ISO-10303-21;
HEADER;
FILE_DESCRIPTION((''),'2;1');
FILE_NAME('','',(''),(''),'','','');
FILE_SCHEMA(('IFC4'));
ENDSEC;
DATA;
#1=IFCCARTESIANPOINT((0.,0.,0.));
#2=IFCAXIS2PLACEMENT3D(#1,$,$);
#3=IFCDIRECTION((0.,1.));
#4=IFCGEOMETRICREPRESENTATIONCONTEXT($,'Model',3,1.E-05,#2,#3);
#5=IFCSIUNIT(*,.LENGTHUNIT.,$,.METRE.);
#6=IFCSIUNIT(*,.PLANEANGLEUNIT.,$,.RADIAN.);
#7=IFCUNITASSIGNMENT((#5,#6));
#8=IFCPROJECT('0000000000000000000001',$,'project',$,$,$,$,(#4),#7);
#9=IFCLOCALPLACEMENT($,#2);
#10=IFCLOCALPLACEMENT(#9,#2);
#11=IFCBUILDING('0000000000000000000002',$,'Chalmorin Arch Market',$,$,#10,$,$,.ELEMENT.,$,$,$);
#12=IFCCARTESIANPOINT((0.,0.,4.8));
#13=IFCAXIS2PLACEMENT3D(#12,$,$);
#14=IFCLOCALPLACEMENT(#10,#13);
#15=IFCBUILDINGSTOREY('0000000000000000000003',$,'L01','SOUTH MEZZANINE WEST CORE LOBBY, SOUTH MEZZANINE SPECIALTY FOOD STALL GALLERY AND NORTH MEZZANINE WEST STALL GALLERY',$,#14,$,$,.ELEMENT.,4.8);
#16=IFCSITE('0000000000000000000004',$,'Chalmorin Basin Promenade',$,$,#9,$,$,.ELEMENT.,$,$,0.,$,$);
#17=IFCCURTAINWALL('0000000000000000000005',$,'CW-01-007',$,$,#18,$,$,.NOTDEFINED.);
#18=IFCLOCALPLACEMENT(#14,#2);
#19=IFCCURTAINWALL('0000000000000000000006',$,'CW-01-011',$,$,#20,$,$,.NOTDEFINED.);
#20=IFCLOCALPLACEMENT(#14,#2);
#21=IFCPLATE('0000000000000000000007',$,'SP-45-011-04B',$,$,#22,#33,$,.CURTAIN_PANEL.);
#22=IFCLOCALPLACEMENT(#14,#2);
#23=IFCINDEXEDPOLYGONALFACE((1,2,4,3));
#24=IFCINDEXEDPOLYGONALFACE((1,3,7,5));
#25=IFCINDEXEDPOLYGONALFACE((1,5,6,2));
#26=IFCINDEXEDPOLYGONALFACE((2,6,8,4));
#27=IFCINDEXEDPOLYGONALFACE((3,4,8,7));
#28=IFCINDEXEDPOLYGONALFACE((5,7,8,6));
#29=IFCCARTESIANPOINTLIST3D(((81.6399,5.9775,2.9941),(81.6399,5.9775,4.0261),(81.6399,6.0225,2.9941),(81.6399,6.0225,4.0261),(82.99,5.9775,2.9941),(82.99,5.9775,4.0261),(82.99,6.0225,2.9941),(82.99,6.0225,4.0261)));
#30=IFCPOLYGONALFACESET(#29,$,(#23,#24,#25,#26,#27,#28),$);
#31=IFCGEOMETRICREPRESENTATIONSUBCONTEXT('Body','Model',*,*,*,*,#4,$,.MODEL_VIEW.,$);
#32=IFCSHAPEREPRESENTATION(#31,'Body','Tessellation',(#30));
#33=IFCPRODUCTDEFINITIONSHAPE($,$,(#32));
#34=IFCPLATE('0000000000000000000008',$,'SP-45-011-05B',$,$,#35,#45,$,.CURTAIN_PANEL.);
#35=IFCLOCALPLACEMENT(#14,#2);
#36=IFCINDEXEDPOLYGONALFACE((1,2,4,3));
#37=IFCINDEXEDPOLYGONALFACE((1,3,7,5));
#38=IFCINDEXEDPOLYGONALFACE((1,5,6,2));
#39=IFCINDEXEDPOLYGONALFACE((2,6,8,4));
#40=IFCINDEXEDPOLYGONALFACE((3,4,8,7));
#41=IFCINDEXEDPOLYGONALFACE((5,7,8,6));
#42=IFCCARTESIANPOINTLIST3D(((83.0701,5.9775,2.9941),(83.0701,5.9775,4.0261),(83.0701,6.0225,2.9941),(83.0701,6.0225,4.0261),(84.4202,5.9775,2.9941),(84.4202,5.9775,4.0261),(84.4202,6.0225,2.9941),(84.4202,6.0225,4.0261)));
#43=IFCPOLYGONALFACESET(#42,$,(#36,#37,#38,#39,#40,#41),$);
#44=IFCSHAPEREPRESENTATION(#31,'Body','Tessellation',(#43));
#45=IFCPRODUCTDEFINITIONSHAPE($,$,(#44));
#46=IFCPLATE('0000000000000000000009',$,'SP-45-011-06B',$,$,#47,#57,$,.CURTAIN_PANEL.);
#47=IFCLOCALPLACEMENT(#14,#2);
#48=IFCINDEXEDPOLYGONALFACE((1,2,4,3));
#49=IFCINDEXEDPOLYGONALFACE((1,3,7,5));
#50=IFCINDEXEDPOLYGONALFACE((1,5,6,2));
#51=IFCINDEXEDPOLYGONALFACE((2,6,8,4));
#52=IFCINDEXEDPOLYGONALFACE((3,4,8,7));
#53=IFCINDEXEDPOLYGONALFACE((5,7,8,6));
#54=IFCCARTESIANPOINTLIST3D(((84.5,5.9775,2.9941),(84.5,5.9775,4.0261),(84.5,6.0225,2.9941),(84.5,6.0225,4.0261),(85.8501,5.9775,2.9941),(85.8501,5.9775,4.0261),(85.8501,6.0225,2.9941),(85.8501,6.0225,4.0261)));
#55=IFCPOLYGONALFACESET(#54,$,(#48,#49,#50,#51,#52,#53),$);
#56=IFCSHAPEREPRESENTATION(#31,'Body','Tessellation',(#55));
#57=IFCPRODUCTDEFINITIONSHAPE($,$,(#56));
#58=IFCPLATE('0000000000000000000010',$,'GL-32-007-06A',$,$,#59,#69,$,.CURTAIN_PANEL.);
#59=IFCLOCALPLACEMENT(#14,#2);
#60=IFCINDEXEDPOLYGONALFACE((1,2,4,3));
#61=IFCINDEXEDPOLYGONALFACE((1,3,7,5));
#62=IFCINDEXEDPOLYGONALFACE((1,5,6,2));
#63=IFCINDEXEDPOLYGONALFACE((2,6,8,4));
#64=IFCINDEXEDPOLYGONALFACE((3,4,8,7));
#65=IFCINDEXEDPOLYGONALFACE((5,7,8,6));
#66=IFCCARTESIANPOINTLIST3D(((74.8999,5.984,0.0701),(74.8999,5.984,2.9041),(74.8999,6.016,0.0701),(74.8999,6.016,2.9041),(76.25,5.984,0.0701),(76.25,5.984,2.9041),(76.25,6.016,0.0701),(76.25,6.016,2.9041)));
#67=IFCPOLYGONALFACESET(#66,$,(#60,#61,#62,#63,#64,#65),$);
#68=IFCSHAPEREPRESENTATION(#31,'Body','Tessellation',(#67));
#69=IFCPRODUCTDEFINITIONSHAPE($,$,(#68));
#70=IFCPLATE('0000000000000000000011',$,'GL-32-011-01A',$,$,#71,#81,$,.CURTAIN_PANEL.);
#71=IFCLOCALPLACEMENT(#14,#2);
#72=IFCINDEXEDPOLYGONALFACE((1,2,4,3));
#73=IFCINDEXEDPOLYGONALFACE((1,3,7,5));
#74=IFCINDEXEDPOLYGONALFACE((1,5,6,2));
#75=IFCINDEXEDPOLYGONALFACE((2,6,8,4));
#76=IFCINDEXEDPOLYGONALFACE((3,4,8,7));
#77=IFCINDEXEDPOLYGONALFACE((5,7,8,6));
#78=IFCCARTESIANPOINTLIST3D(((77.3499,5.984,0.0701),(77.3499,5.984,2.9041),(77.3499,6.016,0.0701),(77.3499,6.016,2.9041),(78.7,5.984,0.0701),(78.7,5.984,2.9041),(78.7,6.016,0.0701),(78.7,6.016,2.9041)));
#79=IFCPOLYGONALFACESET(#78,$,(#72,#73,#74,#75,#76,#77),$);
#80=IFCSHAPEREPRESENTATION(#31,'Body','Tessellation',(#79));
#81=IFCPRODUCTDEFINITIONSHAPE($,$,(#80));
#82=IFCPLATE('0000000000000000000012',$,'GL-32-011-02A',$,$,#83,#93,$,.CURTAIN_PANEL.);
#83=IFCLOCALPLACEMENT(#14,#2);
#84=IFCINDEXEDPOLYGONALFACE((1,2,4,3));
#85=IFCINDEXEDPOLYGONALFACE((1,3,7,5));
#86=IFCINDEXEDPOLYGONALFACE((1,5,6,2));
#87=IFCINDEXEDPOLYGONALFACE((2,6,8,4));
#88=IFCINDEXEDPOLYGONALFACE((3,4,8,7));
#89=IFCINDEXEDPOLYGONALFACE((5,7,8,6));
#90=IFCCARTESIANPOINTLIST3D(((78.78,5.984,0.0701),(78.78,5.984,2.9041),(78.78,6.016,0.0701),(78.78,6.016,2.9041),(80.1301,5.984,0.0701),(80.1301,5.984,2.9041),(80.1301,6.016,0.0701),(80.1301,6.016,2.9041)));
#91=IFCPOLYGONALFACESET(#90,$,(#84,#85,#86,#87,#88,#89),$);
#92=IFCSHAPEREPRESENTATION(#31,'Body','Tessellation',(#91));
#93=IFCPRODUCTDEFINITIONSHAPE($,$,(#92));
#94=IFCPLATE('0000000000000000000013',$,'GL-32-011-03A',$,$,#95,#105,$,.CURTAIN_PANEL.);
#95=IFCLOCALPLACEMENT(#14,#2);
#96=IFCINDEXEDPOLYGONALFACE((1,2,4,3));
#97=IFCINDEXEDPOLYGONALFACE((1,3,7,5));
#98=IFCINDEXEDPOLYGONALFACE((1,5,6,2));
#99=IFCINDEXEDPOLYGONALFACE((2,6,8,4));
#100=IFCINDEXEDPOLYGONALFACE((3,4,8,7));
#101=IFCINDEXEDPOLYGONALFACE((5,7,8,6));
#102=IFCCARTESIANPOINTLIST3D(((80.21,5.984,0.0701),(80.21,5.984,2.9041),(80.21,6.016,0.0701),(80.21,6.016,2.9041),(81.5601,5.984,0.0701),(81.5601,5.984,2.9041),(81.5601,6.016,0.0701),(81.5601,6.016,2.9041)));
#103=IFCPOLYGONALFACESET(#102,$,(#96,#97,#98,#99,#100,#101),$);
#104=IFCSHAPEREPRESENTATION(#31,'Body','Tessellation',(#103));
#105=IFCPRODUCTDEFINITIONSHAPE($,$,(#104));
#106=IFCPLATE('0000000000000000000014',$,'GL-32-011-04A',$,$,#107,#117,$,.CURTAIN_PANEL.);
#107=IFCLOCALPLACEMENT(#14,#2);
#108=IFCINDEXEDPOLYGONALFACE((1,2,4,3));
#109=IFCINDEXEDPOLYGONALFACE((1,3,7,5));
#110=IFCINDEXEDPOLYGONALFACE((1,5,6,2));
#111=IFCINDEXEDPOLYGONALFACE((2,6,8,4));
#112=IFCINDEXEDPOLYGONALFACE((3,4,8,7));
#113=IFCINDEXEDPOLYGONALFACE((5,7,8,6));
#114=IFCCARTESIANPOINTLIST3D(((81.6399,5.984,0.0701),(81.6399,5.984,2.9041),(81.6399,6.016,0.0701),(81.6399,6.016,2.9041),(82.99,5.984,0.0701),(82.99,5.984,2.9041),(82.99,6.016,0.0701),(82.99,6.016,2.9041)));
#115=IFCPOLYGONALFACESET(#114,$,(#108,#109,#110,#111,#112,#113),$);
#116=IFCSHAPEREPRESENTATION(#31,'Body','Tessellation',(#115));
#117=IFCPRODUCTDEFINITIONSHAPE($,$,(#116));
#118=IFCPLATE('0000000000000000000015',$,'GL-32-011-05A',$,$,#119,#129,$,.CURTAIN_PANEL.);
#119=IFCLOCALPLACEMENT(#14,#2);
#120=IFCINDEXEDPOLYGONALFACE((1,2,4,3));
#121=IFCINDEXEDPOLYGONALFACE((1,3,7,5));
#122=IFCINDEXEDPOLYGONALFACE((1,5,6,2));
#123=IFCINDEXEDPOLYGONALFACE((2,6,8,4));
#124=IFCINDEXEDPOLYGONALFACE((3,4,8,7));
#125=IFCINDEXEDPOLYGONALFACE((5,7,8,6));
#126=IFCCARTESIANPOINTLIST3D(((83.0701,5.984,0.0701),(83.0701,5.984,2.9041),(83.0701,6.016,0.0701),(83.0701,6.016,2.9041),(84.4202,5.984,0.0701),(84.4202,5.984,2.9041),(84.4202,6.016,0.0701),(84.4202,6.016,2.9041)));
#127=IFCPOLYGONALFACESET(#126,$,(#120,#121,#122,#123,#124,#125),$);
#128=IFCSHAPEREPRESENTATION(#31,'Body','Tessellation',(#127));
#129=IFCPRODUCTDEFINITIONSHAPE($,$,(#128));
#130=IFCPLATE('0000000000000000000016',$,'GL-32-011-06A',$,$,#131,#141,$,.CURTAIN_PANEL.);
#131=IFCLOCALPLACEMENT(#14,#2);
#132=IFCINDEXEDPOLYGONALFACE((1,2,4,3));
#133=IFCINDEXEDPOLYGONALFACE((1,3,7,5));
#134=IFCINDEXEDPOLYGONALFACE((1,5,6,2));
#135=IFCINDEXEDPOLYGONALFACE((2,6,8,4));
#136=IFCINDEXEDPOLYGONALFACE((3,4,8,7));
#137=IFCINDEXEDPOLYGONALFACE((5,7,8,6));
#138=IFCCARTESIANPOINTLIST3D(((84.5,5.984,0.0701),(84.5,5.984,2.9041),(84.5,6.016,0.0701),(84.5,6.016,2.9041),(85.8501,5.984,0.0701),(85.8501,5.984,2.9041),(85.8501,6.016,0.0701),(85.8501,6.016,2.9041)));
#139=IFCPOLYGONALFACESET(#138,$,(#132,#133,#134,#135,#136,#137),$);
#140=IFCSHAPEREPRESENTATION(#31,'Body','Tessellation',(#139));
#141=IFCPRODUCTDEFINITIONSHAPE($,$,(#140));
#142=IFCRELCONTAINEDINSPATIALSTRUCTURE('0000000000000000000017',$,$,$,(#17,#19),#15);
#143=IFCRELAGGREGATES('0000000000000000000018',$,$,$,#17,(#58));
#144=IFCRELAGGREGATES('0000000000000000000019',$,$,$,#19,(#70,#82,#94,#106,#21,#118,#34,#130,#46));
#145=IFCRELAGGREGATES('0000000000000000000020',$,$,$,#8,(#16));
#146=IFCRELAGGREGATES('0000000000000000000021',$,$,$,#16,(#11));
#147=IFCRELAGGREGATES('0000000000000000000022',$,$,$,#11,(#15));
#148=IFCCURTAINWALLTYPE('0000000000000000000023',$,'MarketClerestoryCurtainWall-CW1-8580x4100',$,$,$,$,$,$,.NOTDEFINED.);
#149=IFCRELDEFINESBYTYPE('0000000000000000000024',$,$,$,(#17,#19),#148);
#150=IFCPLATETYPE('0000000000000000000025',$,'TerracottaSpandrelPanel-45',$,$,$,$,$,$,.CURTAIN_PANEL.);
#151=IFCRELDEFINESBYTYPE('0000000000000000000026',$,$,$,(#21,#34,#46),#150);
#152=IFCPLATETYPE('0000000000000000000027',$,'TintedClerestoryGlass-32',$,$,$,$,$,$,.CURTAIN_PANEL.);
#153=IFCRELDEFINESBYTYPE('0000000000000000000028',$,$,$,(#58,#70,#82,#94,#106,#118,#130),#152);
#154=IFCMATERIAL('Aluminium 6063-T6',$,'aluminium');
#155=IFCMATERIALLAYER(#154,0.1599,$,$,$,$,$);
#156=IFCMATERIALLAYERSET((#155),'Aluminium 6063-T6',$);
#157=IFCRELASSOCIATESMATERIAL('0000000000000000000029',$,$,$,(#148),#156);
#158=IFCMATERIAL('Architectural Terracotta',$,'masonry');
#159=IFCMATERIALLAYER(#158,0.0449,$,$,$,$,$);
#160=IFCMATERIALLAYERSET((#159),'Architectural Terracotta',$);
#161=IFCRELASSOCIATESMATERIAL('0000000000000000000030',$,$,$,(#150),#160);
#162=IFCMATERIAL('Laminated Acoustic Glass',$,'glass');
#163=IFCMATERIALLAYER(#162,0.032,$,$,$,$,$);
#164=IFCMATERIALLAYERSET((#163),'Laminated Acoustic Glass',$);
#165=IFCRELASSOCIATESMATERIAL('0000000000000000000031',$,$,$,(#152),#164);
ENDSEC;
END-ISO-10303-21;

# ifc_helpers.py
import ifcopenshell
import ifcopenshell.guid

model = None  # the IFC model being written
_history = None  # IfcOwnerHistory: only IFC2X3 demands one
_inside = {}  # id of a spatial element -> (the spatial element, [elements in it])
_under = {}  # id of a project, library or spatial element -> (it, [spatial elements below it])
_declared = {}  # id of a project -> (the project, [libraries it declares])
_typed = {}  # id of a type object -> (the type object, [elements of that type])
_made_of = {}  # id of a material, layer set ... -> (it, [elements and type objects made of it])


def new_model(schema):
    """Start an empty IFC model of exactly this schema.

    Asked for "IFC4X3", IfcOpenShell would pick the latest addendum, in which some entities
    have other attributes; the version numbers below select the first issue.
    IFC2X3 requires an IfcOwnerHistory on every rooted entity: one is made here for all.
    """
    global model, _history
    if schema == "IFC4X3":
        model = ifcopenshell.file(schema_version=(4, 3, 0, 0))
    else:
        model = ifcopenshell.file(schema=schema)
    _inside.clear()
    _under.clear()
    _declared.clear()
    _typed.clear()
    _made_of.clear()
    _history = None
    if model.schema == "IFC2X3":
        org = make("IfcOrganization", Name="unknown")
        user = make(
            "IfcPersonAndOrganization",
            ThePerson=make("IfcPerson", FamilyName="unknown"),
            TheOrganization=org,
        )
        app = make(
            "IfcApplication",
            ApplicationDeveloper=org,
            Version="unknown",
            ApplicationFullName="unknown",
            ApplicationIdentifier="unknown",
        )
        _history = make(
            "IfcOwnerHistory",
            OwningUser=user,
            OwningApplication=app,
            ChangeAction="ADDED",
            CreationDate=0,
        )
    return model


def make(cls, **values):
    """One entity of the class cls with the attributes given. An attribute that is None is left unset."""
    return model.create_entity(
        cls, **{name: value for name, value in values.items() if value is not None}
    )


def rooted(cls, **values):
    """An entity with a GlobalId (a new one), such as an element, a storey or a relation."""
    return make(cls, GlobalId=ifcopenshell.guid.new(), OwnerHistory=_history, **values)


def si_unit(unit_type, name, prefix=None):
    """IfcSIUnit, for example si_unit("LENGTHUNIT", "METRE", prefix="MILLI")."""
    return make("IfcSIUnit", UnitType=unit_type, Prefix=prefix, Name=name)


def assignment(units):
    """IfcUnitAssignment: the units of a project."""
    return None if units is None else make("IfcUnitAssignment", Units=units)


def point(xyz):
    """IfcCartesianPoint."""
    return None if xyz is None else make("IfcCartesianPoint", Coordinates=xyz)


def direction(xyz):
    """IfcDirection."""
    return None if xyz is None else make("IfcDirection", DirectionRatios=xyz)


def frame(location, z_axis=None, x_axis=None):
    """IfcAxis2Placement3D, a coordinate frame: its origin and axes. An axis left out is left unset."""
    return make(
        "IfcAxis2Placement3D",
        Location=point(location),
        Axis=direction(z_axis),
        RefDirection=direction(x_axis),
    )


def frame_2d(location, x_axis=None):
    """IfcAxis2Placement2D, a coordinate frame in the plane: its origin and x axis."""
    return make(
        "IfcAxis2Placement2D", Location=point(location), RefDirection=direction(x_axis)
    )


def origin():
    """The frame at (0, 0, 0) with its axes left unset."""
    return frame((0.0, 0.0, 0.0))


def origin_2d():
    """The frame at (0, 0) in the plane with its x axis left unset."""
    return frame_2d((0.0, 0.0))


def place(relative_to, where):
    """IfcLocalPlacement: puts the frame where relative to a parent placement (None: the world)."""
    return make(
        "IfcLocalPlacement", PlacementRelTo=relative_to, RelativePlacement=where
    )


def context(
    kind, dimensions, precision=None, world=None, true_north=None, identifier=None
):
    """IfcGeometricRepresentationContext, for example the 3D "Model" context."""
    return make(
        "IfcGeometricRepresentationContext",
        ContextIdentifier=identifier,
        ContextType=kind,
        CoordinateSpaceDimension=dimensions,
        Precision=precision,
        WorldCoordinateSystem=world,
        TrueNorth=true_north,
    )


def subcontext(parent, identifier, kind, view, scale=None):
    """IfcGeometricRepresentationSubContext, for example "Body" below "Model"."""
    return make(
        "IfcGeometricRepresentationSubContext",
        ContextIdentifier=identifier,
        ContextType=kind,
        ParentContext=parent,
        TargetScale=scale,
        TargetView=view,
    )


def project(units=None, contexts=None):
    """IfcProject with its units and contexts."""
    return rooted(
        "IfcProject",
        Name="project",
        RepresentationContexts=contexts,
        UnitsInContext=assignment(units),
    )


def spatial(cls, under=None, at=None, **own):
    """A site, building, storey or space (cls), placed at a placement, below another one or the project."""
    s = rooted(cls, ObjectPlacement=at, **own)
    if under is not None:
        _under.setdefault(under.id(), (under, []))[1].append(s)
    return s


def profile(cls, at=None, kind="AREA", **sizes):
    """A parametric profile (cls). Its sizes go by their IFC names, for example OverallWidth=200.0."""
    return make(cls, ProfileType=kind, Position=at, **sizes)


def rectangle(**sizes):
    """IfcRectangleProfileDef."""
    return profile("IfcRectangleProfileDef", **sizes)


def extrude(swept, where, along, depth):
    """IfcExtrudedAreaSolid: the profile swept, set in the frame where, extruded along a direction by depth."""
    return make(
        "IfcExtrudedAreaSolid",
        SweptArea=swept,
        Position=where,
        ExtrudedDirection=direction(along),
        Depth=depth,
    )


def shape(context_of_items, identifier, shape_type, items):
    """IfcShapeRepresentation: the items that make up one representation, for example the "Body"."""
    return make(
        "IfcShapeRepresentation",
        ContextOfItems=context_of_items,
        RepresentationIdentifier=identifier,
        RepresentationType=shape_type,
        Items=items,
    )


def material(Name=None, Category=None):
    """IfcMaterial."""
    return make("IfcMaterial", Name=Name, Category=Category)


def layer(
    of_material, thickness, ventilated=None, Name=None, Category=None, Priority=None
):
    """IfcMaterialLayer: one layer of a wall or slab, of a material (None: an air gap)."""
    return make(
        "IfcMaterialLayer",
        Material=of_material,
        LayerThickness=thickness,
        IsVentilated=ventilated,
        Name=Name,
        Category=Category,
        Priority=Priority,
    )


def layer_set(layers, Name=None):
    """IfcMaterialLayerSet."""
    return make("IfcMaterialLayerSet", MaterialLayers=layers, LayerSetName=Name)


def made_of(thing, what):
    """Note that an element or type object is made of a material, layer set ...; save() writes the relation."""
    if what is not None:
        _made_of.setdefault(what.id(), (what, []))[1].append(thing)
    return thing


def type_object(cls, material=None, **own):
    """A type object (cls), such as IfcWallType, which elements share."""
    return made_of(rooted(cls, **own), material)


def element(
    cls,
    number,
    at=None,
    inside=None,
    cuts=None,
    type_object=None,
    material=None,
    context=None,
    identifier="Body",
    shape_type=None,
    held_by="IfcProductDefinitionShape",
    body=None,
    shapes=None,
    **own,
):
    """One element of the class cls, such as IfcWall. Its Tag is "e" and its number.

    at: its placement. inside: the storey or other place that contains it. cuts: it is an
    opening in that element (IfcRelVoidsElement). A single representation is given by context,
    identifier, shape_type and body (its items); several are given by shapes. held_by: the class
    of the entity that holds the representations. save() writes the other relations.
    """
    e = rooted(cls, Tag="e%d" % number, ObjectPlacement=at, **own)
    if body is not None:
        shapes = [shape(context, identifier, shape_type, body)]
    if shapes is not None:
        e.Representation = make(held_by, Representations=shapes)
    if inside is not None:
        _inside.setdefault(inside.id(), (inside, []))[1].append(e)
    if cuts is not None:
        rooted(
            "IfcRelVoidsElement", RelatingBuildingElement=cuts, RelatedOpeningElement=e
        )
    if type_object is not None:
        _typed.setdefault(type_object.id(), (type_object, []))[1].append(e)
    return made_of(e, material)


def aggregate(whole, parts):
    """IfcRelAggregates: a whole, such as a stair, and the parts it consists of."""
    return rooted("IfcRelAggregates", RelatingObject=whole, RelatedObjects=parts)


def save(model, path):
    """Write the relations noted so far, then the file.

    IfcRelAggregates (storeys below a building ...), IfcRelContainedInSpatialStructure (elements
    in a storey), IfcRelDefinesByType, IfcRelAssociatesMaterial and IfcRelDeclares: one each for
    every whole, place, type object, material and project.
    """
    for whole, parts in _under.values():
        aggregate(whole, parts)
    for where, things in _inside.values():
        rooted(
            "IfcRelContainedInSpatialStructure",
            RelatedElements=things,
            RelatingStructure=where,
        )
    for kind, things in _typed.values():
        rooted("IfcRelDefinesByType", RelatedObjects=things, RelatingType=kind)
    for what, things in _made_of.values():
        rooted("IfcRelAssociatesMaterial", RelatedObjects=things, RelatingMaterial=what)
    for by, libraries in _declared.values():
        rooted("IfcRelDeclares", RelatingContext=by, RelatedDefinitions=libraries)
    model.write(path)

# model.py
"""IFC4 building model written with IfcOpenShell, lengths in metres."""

from ifc_helpers import new_model, si_unit, direction, frame, origin, origin_2d, place, context, subcontext, project, spatial, rectangle, extrude, material, layer, layer_set, type_object, element, aggregate, save


model = new_model("IFC4")

# Units and contexts
model_context = context("Model", 3, precision=1e-05, world=origin(), true_north=direction((0.0, 1.0)))
body_context = subcontext(model_context, "Body", "Model", "MODEL_VIEW")
ifc_project = project(units=[si_unit("LENGTHUNIT", "METRE"), si_unit("PLANEANGLEUNIT", "RADIAN")], contexts=[model_context])

# Site, building, storey
site_placement = place(None, origin())
site = spatial("IfcSite", under=ifc_project, at=site_placement, Name="Chalmorin Basin Promenade", CompositionType="ELEMENT", RefElevation=0.0)
building_placement = place(site_placement, origin())
building = spatial("IfcBuilding", under=site, at=building_placement, Name="Chalmorin Arch Market", CompositionType="ELEMENT")
storey_placement = place(building_placement, frame((0.0, 0.0, 4.8)))
storey = spatial("IfcBuildingStorey", under=building, at=storey_placement, Name="L01", Description="SOUTH MEZZANINE WEST CORE LOBBY, SOUTH MEZZANINE SPECIALTY FOOD STALL GALLERY AND NORTH MEZZANINE WEST STALL GALLERY", CompositionType="ELEMENT", Elevation=4.8)

# Curtain wall
ifc_material_1 = material(Name="Aluminium 6063-T6", Category="aluminium")
ifc_layer_1 = layer(ifc_material_1, 0.1599)
ifc_layer_set_1 = layer_set([ifc_layer_1], Name="Aluminium 6063-T6")
curtain_wall_type = type_object("IfcCurtainWallType", Name="MarketClerestoryCurtainWall-CW1-8580x4100", PredefinedType="NOTDEFINED", material=ifc_layer_set_1)
curtain_wall_1_placement = place(storey_placement, origin())
curtain_wall_1 = element("IfcCurtainWall", 1, at=curtain_wall_1_placement, inside=storey, type_object=curtain_wall_type, Name="CW-01-007", PredefinedType="NOTDEFINED")

# Curtain wall
curtain_wall_2_placement = place(storey_placement, origin())
curtain_wall_2 = element("IfcCurtainWall", 2, at=curtain_wall_2_placement, inside=storey, type_object=curtain_wall_type, Name="CW-01-011", PredefinedType="NOTDEFINED")

# Plates
ifc_material_2 = material(Name="Architectural Terracotta", Category="masonry")
ifc_layer_2 = layer(ifc_material_2, 0.0449)
ifc_layer_set_2 = layer_set([ifc_layer_2], Name="Architectural Terracotta")
plate_type_1 = type_object("IfcPlateType", Name="TerracottaSpandrelPanel-45", PredefinedType="CURTAIN_PANEL", material=ifc_layer_set_2)
plate_1_placement = place(storey_placement, frame((82.3149, 6.0, 2.9941), z_axis=(0.0, 0.0, 1.0), x_axis=(1.0, 0.0, 0.0)))
plate_1 = element("IfcPlate", 3, at=plate_1_placement, type_object=plate_type_1, Name="SP-45-011-04B", PredefinedType="CURTAIN_PANEL", context=body_context, shape_type="SweptSolid", body=[
    extrude(rectangle(XDim=1.3501, YDim=0.0449, at=origin_2d()), origin(), (0.0, 0.0, 1.0), 1.032),
])
plate_2_placement = place(storey_placement, frame((83.7451, 6.0, 2.9941), z_axis=(0.0, 0.0, 1.0), x_axis=(1.0, 0.0, 0.0)))
plate_2 = element("IfcPlate", 4, at=plate_2_placement, type_object=plate_type_1, Name="SP-45-011-05B", PredefinedType="CURTAIN_PANEL", context=body_context, shape_type="SweptSolid", body=[
    extrude(rectangle(XDim=1.3501, YDim=0.0449, at=origin_2d()), origin(), (0.0, 0.0, 1.0), 1.032),
])
plate_3_placement = place(storey_placement, frame((85.175, 6.0, 2.9941), z_axis=(0.0, 0.0, 1.0), x_axis=(1.0, 0.0, 0.0)))
plate_3 = element("IfcPlate", 5, at=plate_3_placement, type_object=plate_type_1, Name="SP-45-011-06B", PredefinedType="CURTAIN_PANEL", context=body_context, shape_type="SweptSolid", body=[
    extrude(rectangle(XDim=1.3501, YDim=0.0449, at=origin_2d()), origin(), (0.0, 0.0, 1.0), 1.032),
])
ifc_material_3 = material(Name="Laminated Acoustic Glass", Category="glass")
ifc_layer_3 = layer(ifc_material_3, 0.032)
ifc_layer_set_3 = layer_set([ifc_layer_3], Name="Laminated Acoustic Glass")
plate_type_2 = type_object("IfcPlateType", Name="TintedClerestoryGlass-32", PredefinedType="CURTAIN_PANEL", material=ifc_layer_set_3)
plate_4_placement = place(storey_placement, frame((75.575, 6.0, 0.0701), z_axis=(0.0, 0.0, 1.0), x_axis=(1.0, 0.0, 0.0)))
plate_4 = element("IfcPlate", 6, at=plate_4_placement, type_object=plate_type_2, Name="GL-32-007-06A", PredefinedType="CURTAIN_PANEL", context=body_context, shape_type="SweptSolid", body=[
    extrude(rectangle(XDim=1.3501, YDim=0.032, at=origin_2d()), origin(), (0.0, 0.0, 1.0), 2.834),
])
aggregate(curtain_wall_1, [plate_4])
plate_5_placement = place(storey_placement, frame((78.0249, 6.0, 0.0701), z_axis=(0.0, 0.0, 1.0), x_axis=(1.0, 0.0, 0.0)))
plate_5 = element("IfcPlate", 7, at=plate_5_placement, type_object=plate_type_2, Name="GL-32-011-01A", PredefinedType="CURTAIN_PANEL", context=body_context, shape_type="SweptSolid", body=[
    extrude(rectangle(XDim=1.3501, YDim=0.032, at=origin_2d()), origin(), (0.0, 0.0, 1.0), 2.834),
])
plate_6_placement = place(storey_placement, frame((79.4551, 6.0, 0.0701), z_axis=(0.0, 0.0, 1.0), x_axis=(1.0, 0.0, 0.0)))
plate_6 = element("IfcPlate", 8, at=plate_6_placement, type_object=plate_type_2, Name="GL-32-011-02A", PredefinedType="CURTAIN_PANEL", context=body_context, shape_type="SweptSolid", body=[
    extrude(rectangle(XDim=1.3501, YDim=0.032, at=origin_2d()), origin(), (0.0, 0.0, 1.0), 2.834),
])
plate_7_placement = place(storey_placement, frame((80.885, 6.0, 0.0701), z_axis=(0.0, 0.0, 1.0), x_axis=(1.0, 0.0, 0.0)))
plate_7 = element("IfcPlate", 9, at=plate_7_placement, type_object=plate_type_2, Name="GL-32-011-03A", PredefinedType="CURTAIN_PANEL", context=body_context, shape_type="SweptSolid", body=[
    extrude(rectangle(XDim=1.3501, YDim=0.032, at=origin_2d()), origin(), (0.0, 0.0, 1.0), 2.834),
])
plate_8_placement = place(storey_placement, frame((82.3149, 6.0, 0.0701), z_axis=(0.0, 0.0, 1.0), x_axis=(1.0, 0.0, 0.0)))
plate_8 = element("IfcPlate", 10, at=plate_8_placement, type_object=plate_type_2, Name="GL-32-011-04A", PredefinedType="CURTAIN_PANEL", context=body_context, shape_type="SweptSolid", body=[
    extrude(rectangle(XDim=1.3501, YDim=0.032, at=origin_2d()), origin(), (0.0, 0.0, 1.0), 2.834),
])
plate_9_placement = place(storey_placement, frame((83.7451, 6.0, 0.0701), z_axis=(0.0, 0.0, 1.0), x_axis=(1.0, 0.0, 0.0)))
plate_9 = element("IfcPlate", 11, at=plate_9_placement, type_object=plate_type_2, Name="GL-32-011-05A", PredefinedType="CURTAIN_PANEL", context=body_context, shape_type="SweptSolid", body=[
    extrude(rectangle(XDim=1.3501, YDim=0.032, at=origin_2d()), origin(), (0.0, 0.0, 1.0), 2.834),
])
plate_10_placement = place(storey_placement, frame((85.175, 6.0, 0.0701), z_axis=(0.0, 0.0, 1.0), x_axis=(1.0, 0.0, 0.0)))
plate_10 = element("IfcPlate", 12, at=plate_10_placement, type_object=plate_type_2, Name="GL-32-011-06A", PredefinedType="CURTAIN_PANEL", context=body_context, shape_type="SweptSolid", body=[
    extrude(rectangle(XDim=1.3501, YDim=0.032, at=origin_2d()), origin(), (0.0, 0.0, 1.0), 2.834),
])
aggregate(curtain_wall_2, [plate_5, plate_6, plate_7, plate_8, plate_1, plate_9, plate_2, plate_10, plate_3])

save(model, "model.ifc")
